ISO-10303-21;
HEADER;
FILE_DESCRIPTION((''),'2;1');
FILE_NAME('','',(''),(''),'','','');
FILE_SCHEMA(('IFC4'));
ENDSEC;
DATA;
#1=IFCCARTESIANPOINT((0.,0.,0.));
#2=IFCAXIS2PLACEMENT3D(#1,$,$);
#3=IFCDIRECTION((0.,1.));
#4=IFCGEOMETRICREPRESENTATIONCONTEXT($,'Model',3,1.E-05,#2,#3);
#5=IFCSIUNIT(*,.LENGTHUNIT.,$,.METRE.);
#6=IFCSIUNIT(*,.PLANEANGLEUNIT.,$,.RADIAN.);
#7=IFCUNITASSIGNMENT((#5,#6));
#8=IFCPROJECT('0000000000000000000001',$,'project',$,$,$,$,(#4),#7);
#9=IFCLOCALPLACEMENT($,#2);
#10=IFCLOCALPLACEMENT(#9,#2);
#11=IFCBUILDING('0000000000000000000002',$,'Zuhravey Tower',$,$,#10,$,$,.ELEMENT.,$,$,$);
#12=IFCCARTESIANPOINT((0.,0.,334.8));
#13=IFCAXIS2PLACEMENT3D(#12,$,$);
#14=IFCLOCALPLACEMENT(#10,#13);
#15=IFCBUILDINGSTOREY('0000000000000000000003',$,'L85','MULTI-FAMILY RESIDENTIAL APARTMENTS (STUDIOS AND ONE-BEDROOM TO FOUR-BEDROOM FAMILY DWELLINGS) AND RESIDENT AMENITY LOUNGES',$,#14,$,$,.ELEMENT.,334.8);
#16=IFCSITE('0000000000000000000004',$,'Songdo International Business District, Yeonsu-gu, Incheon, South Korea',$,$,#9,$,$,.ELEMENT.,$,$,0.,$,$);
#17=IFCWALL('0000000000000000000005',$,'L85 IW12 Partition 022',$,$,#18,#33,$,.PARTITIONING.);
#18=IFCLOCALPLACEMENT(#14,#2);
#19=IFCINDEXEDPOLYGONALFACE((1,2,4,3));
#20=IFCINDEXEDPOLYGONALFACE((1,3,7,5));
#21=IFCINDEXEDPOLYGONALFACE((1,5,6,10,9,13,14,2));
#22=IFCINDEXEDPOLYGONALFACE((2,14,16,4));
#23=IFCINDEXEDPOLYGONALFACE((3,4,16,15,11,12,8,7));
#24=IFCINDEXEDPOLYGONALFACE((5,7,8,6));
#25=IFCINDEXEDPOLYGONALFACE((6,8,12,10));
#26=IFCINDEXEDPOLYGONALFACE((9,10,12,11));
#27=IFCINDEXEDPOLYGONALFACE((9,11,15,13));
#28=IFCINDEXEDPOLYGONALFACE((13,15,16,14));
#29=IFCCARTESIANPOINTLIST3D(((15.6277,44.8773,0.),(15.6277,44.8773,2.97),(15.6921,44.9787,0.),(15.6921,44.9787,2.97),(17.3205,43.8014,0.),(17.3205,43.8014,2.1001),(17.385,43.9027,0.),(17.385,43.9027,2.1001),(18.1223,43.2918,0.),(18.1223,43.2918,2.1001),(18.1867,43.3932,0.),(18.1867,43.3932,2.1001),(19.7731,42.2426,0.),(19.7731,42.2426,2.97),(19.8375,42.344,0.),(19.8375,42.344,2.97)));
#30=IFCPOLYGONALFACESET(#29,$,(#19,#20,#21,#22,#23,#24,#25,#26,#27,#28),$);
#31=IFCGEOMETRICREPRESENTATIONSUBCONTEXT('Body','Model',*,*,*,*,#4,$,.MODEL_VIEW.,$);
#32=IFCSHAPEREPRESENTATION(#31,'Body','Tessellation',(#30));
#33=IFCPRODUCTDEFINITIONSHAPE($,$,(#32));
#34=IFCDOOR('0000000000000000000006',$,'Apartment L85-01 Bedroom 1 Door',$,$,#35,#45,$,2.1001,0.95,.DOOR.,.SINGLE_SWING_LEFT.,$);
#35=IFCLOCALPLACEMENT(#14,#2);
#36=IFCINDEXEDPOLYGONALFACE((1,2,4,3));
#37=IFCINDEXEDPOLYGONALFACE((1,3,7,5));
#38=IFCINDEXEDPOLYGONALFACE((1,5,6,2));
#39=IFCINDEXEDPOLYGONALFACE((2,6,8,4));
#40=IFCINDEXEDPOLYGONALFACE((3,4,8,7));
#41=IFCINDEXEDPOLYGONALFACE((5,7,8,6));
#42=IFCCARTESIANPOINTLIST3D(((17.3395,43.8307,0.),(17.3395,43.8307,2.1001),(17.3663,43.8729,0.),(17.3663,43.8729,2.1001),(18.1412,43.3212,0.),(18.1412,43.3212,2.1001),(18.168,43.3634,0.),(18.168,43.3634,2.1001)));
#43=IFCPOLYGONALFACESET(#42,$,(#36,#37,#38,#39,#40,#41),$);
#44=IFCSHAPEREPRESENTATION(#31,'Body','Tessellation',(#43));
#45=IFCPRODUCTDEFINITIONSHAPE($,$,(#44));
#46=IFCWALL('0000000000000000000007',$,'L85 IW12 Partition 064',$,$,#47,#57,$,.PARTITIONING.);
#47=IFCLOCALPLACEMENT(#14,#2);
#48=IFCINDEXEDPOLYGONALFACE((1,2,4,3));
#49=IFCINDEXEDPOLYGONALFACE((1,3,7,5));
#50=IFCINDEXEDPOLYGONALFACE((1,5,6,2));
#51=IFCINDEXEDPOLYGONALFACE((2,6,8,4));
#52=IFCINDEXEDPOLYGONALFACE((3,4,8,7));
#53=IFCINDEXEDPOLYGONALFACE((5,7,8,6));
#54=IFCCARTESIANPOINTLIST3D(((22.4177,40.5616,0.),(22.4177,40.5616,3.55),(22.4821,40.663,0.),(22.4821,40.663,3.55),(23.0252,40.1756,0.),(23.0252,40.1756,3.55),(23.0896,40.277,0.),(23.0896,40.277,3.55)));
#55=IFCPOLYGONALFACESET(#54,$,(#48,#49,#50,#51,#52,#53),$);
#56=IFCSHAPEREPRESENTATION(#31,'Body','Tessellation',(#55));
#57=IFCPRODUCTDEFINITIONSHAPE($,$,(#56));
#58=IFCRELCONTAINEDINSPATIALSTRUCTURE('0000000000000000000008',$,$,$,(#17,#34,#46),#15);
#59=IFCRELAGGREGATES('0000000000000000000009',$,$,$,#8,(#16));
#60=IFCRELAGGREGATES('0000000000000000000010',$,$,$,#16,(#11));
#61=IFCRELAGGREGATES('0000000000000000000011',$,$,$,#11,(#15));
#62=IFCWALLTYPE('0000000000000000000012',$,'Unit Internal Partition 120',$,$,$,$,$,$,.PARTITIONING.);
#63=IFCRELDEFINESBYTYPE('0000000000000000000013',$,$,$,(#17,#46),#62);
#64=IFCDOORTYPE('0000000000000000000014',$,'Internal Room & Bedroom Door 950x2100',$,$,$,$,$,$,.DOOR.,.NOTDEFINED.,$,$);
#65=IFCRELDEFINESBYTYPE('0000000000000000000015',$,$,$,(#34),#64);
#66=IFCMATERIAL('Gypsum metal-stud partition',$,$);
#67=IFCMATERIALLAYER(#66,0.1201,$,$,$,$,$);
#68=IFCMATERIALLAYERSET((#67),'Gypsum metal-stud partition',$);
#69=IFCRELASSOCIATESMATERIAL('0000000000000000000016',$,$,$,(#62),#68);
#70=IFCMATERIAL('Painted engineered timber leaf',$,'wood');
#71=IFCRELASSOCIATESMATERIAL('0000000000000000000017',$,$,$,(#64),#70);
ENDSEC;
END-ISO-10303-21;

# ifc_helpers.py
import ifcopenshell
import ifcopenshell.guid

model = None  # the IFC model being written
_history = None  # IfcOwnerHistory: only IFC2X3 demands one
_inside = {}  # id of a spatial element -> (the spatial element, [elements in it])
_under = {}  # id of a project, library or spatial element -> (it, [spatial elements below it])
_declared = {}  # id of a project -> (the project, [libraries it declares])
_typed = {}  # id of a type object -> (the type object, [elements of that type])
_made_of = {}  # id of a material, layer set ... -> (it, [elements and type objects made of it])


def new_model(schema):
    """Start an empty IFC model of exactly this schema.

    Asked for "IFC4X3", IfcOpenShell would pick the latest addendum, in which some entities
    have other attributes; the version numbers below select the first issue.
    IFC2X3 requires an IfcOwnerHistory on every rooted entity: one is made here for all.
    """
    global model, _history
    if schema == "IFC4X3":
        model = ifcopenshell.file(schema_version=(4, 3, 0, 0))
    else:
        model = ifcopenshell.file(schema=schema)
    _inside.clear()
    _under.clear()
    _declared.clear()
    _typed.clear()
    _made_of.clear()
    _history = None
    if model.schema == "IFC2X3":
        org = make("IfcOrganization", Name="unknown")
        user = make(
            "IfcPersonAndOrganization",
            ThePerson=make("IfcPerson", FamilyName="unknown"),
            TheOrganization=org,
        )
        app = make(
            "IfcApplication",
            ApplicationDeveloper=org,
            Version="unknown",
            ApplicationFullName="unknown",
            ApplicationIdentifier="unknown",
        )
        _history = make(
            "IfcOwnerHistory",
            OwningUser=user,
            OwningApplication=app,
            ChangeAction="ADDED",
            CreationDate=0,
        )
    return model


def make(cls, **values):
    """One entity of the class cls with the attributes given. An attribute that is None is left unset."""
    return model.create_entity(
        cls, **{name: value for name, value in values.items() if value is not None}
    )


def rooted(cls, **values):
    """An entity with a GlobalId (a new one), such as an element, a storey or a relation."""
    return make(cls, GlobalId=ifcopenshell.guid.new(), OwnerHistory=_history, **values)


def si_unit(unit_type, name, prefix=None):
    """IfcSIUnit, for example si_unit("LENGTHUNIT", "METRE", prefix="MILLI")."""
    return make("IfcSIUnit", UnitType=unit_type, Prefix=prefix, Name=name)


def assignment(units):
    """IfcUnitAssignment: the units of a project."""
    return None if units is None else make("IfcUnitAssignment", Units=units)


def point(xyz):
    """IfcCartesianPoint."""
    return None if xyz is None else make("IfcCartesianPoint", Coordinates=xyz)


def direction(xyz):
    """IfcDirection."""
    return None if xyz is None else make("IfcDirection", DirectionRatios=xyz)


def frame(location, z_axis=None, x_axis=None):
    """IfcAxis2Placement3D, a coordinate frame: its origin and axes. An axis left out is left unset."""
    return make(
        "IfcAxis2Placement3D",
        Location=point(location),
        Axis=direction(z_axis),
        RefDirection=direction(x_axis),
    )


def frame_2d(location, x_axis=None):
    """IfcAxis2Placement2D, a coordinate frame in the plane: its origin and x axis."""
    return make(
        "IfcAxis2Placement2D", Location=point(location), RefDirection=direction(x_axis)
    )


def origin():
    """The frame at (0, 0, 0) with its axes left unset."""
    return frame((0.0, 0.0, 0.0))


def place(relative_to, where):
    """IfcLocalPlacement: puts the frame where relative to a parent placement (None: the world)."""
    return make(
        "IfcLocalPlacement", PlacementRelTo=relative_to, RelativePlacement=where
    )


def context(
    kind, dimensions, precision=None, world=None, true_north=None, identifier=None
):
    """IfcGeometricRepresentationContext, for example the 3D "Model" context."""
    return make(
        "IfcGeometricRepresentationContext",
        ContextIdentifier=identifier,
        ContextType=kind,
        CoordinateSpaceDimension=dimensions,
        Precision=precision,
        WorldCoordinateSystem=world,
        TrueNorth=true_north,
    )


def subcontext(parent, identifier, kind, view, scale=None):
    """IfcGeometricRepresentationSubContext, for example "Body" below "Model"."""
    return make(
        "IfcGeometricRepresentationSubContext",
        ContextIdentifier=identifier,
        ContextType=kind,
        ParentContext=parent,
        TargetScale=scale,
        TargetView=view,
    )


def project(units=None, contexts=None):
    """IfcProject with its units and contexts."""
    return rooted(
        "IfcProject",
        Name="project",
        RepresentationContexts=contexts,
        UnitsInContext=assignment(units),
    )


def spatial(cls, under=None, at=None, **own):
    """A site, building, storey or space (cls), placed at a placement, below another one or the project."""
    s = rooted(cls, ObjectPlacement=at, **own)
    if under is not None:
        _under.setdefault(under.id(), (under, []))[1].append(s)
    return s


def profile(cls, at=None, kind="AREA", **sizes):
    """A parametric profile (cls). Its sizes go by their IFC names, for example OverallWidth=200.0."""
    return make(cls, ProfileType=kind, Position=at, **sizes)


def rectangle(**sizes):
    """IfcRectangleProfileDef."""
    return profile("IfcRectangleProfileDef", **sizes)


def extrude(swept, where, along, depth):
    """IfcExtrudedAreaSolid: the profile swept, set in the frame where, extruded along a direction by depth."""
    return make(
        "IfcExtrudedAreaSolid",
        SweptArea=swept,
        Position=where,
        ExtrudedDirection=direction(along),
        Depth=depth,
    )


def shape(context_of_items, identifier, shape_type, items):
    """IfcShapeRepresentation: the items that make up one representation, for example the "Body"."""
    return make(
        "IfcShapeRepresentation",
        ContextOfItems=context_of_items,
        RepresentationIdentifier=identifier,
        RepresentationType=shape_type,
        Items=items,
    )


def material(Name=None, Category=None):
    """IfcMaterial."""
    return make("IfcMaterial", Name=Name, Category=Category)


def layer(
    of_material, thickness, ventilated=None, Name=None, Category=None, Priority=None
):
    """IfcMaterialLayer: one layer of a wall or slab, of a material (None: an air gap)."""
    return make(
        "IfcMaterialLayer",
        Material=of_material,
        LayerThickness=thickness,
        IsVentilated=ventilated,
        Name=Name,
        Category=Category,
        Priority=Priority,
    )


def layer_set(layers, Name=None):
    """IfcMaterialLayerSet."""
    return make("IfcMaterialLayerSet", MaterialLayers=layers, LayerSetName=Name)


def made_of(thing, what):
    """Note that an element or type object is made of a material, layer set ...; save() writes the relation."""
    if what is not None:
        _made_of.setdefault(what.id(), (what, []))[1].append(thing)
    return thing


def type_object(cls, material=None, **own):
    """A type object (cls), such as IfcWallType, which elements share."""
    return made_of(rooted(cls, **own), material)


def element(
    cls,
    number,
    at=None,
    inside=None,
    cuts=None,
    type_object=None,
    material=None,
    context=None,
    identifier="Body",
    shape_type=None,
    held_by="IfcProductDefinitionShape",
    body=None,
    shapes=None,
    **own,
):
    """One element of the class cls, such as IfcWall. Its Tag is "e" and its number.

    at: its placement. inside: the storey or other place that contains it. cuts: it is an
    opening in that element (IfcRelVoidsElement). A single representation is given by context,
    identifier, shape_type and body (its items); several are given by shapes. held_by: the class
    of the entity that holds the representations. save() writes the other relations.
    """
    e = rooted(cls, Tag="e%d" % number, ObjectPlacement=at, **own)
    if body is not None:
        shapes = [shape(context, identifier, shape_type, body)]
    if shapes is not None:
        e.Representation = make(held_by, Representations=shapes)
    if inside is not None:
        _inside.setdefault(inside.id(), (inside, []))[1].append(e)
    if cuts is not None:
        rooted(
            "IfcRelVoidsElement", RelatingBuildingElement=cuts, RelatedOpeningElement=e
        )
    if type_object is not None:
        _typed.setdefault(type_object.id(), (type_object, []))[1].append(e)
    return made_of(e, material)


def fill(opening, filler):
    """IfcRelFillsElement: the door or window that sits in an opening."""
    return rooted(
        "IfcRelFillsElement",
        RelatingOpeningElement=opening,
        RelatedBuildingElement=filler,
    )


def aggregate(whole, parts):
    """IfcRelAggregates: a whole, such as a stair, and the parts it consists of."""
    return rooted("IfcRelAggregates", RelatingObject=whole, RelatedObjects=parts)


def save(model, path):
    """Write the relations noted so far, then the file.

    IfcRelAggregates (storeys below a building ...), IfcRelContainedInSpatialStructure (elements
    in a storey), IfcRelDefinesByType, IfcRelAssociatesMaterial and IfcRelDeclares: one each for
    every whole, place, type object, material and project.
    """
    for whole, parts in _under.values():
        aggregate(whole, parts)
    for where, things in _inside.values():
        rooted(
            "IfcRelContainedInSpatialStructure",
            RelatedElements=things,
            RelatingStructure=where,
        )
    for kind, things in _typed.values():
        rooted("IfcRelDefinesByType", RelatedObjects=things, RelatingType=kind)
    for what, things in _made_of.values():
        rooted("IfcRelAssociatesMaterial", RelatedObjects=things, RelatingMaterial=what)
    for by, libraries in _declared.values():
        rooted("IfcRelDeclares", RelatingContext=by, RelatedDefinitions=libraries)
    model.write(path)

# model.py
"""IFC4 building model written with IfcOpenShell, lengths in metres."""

from ifc_helpers import new_model, si_unit, direction, frame, frame_2d, origin, place, context, subcontext, project, spatial, rectangle, extrude, material, layer, layer_set, type_object, element, fill, save


model = new_model("IFC4")

# Units and contexts
model_context = context("Model", 3, precision=1e-05, world=origin(), true_north=direction((0.0, 1.0)))
body_context = subcontext(model_context, "Body", "Model", "MODEL_VIEW")
ifc_project = project(units=[si_unit("LENGTHUNIT", "METRE"), si_unit("PLANEANGLEUNIT", "RADIAN")], contexts=[model_context])

# Site, building, storey
site_placement = place(None, origin())
site = spatial("IfcSite", under=ifc_project, at=site_placement, Name="Songdo International Business District, Yeonsu-gu, Incheon, South Korea", CompositionType="ELEMENT", RefElevation=0.0)
building_placement = place(site_placement, origin())
building = spatial("IfcBuilding", under=site, at=building_placement, Name="Zuhravey Tower", CompositionType="ELEMENT")
storey_placement = place(building_placement, frame((0.0, 0.0, 334.8)))
storey = spatial("IfcBuildingStorey", under=building, at=storey_placement, Name="L85", Description="MULTI-FAMILY RESIDENTIAL APARTMENTS (STUDIOS AND ONE-BEDROOM TO FOUR-BEDROOM FAMILY DWELLINGS) AND RESIDENT AMENITY LOUNGES", CompositionType="ELEMENT", Elevation=334.8)

# Wall, opening, door
ifc_material_1 = material(Name="Gypsum metal-stud partition")
ifc_layer_1 = layer(ifc_material_1, 0.1201)
ifc_layer_set_1 = layer_set([ifc_layer_1], Name="Gypsum metal-stud partition")
wall_type_1 = type_object("IfcWallType", Name="Unit Internal Partition 120", PredefinedType="PARTITIONING", material=ifc_layer_set_1)
wall_1_placement = place(storey_placement, frame((19.8054, 42.2932, 0.0), z_axis=(0.0, 0.0, 1.0), x_axis=(-0.843964, 0.536399, 0.0)))
wall_1 = element("IfcWall", 1, at=wall_1_placement, inside=storey, type_object=wall_type_1, Name="L85 IW12 Partition 022", PredefinedType="PARTITIONING", context=body_context, shape_type="SweptSolid", body=[
    extrude(rectangle(XDim=4.9119, YDim=0.1201, at=frame_2d((2.4561, 0.0))), origin(), (0.0, 0.0, 1.0), 2.97),
])
opening_1_placement = place(wall_1_placement, frame((1.9561, 0.0, 0.0)))
opening_1 = element("IfcOpeningElement", 2, at=opening_1_placement, cuts=wall_1, PredefinedType="OPENING", context=body_context, shape_type="SweptSolid", body=[
    extrude(rectangle(XDim=0.95, YDim=2.1001, at=frame_2d((0.4751, 1.05))), frame((0.0, 0.072, 0.0), z_axis=(0.0, -1.0, 0.0), x_axis=(1.0, 0.0, 0.0)), (0.0, 0.0, 1.0), 0.144),
])
ifc_material_2 = material(Name="Painted engineered timber leaf", Category="wood")
door_type_1 = type_object("IfcDoorType", Name="Internal Room & Bedroom Door 950x2100", OperationType="NOTDEFINED", PredefinedType="DOOR", material=ifc_material_2)
door_1_placement = place(opening_1_placement, frame((0.95, 0.0, 0.0), z_axis=(0.0, 0.0, 1.0), x_axis=(-1.0, 0.0, 0.0)))
door_1 = element("IfcDoor", 3, at=door_1_placement, inside=storey, type_object=door_type_1, Name="Apartment L85-01 Bedroom 1 Door", OperationType="SINGLE_SWING_LEFT", OverallHeight=2.1001, OverallWidth=0.95, PredefinedType="DOOR", context=body_context, shape_type="SweptSolid", body=[
    extrude(rectangle(XDim=0.95, YDim=2.1001, at=frame_2d((0.4751, 1.05))), frame((0.0, 0.0249, 0.0), z_axis=(0.0, -1.0, 0.0), x_axis=(1.0, 0.0, 0.0)), (0.0, 0.0, 1.0), 0.05),
])
fill(opening_1, door_1)

# Wall
wall_2_placement = place(storey_placement, frame((23.0574, 40.2263, 0.0), z_axis=(0.0, 0.0, 1.0), x_axis=(-0.844011, 0.536327, 0.0)))
element("IfcWall", 4, at=wall_2_placement, inside=storey, type_object=wall_type_1, Name="L85 IW12 Partition 064", PredefinedType="PARTITIONING", context=body_context, shape_type="SweptSolid", body=[
    extrude(rectangle(XDim=0.7197, YDim=0.1201, at=frame_2d((0.3599, 0.0))), origin(), (0.0, 0.0, 1.0), 3.55),
])

save(model, "model.ifc")
